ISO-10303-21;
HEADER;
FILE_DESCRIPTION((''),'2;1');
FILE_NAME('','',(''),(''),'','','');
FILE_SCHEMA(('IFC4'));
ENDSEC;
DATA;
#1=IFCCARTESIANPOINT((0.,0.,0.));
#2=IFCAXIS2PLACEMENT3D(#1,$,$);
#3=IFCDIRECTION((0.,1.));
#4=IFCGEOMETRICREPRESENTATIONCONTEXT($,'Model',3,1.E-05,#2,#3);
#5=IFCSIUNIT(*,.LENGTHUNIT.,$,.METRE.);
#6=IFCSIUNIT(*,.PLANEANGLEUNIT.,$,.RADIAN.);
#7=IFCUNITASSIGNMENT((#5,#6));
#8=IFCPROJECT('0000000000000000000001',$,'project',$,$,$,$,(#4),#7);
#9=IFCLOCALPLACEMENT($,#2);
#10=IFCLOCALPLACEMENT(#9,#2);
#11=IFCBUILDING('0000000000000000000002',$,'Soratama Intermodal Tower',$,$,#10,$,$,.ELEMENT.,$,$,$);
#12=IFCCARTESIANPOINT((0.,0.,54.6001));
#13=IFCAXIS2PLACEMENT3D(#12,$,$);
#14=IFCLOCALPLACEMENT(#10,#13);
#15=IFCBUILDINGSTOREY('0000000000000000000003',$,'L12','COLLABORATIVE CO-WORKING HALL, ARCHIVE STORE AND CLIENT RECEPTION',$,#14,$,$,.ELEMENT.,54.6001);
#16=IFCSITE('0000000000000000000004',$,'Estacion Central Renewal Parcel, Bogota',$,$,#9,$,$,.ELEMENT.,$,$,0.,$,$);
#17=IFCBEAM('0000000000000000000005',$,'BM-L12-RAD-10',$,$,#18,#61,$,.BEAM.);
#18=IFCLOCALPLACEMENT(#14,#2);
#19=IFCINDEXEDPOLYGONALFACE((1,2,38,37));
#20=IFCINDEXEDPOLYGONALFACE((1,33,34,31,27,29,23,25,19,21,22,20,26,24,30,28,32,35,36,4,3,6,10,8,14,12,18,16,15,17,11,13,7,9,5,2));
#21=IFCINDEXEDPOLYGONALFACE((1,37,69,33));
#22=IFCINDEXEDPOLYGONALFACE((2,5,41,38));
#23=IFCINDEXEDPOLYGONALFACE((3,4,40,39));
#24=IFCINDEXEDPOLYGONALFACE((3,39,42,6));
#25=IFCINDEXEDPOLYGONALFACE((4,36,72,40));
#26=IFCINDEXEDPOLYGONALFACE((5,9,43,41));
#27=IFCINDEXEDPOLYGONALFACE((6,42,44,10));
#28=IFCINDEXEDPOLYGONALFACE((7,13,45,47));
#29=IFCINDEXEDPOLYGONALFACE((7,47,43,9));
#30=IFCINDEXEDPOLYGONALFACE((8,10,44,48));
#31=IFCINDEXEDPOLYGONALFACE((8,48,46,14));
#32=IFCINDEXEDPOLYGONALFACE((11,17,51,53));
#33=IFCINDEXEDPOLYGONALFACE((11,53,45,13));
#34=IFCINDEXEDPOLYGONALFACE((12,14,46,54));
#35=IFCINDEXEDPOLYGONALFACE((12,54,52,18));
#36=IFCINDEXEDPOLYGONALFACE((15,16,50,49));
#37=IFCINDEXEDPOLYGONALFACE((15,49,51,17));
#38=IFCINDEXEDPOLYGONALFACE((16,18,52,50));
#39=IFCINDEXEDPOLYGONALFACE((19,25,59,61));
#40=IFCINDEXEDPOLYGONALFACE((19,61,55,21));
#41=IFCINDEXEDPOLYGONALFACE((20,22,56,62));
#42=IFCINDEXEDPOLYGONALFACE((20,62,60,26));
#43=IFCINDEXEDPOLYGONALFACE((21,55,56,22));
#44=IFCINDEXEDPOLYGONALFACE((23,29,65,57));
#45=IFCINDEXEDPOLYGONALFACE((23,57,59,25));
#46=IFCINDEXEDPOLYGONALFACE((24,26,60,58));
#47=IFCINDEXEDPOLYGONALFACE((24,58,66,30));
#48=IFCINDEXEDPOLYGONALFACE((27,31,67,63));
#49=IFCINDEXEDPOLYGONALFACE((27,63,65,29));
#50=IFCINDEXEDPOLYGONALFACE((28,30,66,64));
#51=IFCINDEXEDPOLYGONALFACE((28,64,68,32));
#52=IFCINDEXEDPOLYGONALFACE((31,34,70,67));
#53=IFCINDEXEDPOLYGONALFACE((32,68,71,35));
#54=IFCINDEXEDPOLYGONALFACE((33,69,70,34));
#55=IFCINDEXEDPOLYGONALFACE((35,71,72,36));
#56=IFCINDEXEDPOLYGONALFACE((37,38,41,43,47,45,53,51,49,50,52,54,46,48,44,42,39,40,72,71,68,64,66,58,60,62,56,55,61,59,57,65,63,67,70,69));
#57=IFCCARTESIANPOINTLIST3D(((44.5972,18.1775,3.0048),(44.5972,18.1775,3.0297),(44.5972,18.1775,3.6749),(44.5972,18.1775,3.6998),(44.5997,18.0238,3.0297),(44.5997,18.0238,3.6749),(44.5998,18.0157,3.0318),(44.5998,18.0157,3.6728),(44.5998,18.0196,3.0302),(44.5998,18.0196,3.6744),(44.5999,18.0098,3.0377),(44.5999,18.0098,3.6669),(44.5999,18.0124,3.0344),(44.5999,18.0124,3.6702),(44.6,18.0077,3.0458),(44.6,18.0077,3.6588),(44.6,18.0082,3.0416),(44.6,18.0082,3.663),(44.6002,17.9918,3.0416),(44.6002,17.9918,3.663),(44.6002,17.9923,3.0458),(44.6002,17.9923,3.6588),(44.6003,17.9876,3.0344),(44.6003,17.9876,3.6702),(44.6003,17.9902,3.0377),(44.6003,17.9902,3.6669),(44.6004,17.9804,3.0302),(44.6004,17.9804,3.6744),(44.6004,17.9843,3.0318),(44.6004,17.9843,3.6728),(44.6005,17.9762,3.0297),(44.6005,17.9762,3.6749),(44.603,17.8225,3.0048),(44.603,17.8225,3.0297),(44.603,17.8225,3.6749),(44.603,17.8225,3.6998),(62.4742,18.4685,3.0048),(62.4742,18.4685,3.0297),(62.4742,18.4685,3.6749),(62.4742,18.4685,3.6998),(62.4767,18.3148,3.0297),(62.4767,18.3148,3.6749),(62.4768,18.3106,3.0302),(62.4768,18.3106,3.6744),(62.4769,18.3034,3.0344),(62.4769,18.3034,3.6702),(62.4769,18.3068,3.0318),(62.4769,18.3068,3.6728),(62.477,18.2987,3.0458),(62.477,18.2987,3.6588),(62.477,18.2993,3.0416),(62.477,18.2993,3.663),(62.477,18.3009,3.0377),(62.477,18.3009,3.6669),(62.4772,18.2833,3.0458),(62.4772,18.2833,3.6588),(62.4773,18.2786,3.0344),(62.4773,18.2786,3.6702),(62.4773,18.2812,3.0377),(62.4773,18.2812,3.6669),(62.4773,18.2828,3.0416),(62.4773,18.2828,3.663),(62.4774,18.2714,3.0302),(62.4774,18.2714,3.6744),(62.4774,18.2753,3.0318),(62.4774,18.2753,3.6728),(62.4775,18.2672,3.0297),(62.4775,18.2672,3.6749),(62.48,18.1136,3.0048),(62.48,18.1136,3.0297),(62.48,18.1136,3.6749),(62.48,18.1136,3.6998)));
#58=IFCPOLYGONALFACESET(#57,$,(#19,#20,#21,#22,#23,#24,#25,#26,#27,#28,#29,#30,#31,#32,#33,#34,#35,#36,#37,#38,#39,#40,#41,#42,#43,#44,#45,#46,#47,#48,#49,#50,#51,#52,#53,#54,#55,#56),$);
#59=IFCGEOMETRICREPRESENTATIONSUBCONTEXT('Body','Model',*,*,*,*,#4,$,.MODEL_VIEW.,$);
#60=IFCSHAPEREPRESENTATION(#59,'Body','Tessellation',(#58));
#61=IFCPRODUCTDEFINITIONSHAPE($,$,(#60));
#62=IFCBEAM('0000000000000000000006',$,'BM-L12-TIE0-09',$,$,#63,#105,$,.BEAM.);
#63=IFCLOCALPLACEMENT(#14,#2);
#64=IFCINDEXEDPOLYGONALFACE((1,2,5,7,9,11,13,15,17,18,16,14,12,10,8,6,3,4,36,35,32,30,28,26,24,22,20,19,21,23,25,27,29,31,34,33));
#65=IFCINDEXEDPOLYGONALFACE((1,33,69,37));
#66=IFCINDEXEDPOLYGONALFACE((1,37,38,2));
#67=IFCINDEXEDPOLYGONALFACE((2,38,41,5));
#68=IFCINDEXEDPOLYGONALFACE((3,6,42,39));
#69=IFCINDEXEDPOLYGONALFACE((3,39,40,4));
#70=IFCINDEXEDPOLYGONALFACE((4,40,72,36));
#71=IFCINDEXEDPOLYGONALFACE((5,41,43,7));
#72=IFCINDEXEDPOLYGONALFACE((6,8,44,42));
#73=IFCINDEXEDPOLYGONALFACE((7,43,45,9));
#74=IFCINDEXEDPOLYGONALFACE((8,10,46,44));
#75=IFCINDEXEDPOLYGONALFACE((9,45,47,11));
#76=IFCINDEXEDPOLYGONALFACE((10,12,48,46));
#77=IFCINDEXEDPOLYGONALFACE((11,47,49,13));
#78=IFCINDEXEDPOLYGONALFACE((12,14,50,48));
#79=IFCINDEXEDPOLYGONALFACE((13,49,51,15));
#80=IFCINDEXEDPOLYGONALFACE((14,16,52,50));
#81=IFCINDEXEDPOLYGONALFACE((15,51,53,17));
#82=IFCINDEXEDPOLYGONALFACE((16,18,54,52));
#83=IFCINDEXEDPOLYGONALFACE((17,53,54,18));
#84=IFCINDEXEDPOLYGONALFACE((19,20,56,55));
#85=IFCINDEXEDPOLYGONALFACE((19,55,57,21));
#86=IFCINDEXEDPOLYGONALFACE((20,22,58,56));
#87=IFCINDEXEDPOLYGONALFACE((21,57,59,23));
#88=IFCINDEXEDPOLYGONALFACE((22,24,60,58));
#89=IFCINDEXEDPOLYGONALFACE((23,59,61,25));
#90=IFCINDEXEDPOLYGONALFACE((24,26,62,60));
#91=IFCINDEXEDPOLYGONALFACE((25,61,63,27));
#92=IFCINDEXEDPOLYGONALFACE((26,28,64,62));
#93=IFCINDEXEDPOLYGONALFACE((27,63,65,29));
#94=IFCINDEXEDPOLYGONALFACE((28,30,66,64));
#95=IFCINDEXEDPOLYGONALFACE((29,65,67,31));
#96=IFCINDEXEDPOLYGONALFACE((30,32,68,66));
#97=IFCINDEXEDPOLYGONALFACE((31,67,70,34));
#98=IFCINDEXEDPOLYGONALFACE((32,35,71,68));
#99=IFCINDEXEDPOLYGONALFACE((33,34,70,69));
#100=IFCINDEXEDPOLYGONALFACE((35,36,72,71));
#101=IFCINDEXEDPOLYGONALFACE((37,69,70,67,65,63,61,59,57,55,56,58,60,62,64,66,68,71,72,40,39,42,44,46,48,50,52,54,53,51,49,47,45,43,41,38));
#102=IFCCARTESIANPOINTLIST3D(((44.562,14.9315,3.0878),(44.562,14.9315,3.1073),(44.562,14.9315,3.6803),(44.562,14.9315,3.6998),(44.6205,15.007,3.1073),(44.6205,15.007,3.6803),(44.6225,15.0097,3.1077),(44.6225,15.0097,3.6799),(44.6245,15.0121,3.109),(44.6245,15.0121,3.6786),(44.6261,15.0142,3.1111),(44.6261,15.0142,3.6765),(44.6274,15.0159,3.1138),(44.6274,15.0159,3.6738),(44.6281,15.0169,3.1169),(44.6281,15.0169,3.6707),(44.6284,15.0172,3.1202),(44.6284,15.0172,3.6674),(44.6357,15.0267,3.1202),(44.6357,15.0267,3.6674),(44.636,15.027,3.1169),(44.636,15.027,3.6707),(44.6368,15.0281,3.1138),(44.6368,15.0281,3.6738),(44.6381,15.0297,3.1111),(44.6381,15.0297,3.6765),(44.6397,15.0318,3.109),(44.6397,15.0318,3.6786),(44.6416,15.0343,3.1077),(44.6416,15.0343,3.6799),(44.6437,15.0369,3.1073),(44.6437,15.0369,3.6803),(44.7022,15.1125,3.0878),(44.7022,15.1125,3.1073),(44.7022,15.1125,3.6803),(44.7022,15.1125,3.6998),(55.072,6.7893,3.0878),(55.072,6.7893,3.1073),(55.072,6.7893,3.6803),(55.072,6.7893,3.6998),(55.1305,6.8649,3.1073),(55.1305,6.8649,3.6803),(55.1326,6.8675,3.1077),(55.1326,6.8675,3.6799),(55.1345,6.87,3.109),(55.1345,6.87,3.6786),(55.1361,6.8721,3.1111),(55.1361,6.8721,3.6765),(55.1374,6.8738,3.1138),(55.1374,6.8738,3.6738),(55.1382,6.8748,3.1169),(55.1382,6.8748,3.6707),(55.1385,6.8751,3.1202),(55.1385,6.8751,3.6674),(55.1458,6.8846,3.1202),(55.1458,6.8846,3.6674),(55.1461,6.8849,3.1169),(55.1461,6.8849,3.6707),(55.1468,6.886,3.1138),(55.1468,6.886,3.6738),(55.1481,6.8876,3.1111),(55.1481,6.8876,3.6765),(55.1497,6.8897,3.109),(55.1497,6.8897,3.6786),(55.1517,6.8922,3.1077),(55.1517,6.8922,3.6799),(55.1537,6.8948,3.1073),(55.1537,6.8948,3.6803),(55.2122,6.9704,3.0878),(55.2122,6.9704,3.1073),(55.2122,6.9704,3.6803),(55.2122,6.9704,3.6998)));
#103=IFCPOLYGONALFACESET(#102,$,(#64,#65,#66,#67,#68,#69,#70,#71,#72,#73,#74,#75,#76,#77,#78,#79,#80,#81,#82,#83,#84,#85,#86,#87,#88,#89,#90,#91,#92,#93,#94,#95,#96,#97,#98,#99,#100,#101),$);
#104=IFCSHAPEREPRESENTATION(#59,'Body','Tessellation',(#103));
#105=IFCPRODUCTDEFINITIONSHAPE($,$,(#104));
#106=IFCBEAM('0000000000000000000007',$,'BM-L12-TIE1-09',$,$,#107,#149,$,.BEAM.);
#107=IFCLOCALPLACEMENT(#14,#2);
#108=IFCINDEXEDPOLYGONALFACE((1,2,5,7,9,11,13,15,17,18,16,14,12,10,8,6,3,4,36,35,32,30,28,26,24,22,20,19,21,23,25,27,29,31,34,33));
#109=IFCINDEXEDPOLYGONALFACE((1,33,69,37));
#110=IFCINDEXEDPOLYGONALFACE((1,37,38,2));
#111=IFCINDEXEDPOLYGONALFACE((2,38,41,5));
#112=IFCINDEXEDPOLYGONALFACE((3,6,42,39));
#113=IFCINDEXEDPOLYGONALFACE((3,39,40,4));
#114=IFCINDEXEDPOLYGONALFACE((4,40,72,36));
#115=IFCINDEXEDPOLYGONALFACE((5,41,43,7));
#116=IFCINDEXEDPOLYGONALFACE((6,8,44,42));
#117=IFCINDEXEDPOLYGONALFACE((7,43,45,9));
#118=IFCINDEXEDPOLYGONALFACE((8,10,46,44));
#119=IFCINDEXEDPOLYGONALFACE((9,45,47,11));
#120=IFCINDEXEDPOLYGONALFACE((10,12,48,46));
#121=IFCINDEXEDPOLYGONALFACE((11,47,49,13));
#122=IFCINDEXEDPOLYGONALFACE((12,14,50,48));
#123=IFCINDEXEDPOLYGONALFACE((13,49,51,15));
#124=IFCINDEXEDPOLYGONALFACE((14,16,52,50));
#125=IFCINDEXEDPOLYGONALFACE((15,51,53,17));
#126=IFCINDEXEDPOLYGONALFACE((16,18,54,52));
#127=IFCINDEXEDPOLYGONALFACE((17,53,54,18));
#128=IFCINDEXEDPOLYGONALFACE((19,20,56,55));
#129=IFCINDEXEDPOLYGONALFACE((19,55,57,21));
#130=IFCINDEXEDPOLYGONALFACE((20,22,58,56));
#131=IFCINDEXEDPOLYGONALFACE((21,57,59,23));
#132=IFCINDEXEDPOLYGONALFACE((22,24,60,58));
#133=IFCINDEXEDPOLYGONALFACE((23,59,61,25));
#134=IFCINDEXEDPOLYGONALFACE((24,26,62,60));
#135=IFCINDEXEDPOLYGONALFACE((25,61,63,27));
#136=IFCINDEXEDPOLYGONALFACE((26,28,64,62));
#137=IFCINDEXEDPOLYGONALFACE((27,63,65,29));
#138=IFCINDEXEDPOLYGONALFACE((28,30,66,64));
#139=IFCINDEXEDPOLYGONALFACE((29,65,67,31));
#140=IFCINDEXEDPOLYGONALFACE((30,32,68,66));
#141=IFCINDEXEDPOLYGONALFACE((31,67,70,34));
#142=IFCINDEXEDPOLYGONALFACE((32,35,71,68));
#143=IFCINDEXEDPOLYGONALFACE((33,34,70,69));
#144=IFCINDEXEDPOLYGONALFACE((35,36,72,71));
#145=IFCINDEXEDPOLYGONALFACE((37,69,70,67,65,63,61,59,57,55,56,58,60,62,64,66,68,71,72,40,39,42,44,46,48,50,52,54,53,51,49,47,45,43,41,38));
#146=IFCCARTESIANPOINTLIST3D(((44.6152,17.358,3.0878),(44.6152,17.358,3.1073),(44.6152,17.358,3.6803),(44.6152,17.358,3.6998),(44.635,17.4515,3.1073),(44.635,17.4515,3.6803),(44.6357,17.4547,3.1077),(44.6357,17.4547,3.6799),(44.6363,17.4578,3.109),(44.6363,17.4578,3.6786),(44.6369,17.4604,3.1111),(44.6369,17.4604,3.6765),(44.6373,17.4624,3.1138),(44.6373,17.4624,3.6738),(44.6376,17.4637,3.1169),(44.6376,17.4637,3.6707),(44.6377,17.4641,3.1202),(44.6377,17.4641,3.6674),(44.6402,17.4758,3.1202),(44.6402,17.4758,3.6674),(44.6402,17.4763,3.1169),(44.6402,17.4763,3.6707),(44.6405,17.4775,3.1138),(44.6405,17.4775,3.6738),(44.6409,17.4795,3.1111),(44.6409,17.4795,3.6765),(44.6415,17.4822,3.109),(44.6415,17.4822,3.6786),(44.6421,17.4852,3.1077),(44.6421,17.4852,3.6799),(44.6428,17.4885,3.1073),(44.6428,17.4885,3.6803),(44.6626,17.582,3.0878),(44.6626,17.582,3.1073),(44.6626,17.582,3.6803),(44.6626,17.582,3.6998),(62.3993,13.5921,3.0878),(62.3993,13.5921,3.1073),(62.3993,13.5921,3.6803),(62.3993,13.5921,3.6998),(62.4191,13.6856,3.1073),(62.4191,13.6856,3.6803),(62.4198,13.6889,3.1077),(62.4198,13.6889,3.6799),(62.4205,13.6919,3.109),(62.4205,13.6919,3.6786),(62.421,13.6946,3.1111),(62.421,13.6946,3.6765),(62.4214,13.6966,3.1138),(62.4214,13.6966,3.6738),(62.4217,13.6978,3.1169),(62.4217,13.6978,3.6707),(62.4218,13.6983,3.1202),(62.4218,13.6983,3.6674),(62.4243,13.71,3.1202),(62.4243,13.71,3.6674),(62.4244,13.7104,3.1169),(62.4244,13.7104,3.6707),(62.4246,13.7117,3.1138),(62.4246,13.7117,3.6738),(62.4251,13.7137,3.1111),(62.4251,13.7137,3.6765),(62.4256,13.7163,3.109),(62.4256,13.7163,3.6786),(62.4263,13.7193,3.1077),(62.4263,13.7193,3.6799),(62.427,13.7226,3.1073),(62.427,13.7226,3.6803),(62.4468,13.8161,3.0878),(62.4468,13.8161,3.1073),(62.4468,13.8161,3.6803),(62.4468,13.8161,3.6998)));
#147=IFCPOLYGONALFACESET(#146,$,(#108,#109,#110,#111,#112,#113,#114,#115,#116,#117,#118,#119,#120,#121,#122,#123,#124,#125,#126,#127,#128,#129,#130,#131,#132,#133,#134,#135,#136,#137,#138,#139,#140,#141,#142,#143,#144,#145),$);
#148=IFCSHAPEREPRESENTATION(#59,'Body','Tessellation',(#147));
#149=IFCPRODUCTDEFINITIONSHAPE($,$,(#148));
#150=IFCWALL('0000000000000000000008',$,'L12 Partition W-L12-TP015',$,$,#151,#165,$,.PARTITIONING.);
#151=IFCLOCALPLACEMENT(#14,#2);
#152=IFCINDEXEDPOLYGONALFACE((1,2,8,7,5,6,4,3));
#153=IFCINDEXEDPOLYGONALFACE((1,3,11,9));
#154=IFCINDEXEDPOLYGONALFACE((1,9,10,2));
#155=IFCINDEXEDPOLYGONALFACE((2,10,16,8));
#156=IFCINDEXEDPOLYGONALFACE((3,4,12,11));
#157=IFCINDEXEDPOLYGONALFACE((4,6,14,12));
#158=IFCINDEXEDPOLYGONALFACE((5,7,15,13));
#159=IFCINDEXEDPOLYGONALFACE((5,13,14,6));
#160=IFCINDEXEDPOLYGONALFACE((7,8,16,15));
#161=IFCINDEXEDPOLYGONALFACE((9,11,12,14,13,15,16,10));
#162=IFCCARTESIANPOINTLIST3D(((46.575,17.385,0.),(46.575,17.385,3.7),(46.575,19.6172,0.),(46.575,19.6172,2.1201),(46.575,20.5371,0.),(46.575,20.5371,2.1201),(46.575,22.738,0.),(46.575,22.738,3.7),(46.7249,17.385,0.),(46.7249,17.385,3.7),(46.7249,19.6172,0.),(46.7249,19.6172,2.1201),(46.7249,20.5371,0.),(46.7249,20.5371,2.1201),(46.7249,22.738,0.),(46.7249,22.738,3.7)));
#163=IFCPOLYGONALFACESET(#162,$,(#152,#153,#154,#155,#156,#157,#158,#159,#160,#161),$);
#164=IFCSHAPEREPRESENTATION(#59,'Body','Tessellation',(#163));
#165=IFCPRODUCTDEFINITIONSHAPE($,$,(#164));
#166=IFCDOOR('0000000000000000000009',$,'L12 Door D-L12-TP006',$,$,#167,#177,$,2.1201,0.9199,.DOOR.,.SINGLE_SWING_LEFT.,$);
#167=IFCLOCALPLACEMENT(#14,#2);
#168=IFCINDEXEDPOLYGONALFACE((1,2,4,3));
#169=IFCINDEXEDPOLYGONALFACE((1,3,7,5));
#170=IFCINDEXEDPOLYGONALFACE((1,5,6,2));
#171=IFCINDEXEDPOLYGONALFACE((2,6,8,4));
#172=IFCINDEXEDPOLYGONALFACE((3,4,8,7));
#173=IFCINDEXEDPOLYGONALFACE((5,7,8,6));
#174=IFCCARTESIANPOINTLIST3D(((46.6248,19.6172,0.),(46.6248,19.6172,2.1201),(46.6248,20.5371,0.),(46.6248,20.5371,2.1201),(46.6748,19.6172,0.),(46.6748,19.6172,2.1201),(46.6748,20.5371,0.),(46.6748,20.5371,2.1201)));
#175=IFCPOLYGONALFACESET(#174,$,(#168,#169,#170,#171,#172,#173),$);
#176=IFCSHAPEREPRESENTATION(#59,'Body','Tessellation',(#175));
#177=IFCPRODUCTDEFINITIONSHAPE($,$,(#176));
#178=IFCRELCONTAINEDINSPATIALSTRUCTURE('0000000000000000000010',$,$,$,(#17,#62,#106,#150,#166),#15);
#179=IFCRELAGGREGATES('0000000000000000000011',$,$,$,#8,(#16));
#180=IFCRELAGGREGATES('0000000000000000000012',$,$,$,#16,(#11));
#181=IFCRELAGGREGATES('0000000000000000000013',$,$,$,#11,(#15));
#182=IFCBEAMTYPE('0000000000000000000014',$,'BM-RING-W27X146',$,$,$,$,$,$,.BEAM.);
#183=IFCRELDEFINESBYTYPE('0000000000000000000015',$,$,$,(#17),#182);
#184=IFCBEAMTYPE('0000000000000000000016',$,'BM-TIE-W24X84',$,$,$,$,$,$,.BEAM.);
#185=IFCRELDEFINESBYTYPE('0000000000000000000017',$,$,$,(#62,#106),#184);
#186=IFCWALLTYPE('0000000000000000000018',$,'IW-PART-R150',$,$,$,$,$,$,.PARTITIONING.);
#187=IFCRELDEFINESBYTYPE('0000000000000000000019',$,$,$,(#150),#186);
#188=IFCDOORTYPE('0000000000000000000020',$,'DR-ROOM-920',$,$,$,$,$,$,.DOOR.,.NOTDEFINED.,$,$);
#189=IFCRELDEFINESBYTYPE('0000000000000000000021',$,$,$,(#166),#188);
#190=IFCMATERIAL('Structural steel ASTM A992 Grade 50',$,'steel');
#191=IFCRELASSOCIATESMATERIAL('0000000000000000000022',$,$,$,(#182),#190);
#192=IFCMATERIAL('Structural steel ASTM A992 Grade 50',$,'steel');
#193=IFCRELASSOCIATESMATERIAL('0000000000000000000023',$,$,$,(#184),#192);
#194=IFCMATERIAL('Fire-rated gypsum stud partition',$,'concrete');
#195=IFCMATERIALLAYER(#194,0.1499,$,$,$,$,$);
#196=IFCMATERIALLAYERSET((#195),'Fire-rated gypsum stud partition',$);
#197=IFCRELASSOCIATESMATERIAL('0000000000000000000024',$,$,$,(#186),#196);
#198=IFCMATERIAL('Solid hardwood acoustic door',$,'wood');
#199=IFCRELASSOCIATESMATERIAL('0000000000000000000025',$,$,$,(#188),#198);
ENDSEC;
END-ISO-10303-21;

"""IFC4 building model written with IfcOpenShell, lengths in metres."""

from ifc_helpers import new_model, si_unit, direction, frame, frame_2d, origin, origin_2d, place, context, subcontext, project, spatial, rectangle, i_section, extrude, material, layer, layer_set, material_profile, profile_set, type_object, element, fill, save


model = new_model("IFC4")

# Units and contexts
model_context = context("Model", 3, precision=1e-05, world=origin(), true_north=direction((0.0, 1.0)))
body_context = subcontext(model_context, "Body", "Model", "MODEL_VIEW")
ifc_project = project(units=[si_unit("LENGTHUNIT", "METRE"), si_unit("PLANEANGLEUNIT", "RADIAN")], contexts=[model_context])

# Site, building, storey
site_placement = place(None, origin())
site = spatial("IfcSite", under=ifc_project, at=site_placement, Name="Estacion Central Renewal Parcel, Bogota", CompositionType="ELEMENT", RefElevation=0.0)
building_placement = place(site_placement, origin())
building = spatial("IfcBuilding", under=site, at=building_placement, Name="Soratama Intermodal Tower", CompositionType="ELEMENT")
storey_placement = place(building_placement, frame((0.0, 0.0, 54.6001)))
storey = spatial("IfcBuildingStorey", under=building, at=storey_placement, Name="L12", Description="COLLABORATIVE CO-WORKING HALL, ARCHIVE STORE AND CLIENT RECEPTION", CompositionType="ELEMENT", Elevation=54.6001)

# Beams
ifc_material_1 = material(Name="Structural steel ASTM A992 Grade 50", Category="steel")
ifc_material_profile_1 = material_profile(ifc_material_1, i_section(OverallWidth=0.355, OverallDepth=0.6951, WebThickness=0.0154, FlangeThickness=0.0249, FilletRadius=0.0161, at=origin_2d()), Name="W27X146")
ifc_profile_set_1 = profile_set([ifc_material_profile_1], Name="Structural steel ASTM A992 Grade 50")
beam_type_1 = type_object("IfcBeamType", Name="BM-RING-W27X146", PredefinedType="BEAM", material=ifc_profile_set_1)
beam_1_placement = place(storey_placement, frame((44.6001, 18.0, 3.3523), z_axis=(0.999868, 0.016277, 0.0), x_axis=(-0.016277, 0.999868, 0.0)))
element("IfcBeam", 1, at=beam_1_placement, inside=storey, type_object=beam_type_1, Name="BM-L12-RAD-10", PredefinedType="BEAM", context=body_context, shape_type="SweptSolid", body=[
    extrude(i_section(OverallWidth=0.355, OverallDepth=0.6951, WebThickness=0.0154, FlangeThickness=0.0249, FilletRadius=0.0161, at=origin_2d()), origin(), (0.0, 0.0, 1.0), 17.8794),
])
ifc_material_2 = material(Name="Structural steel ASTM A992 Grade 50", Category="steel")
ifc_material_profile_2 = material_profile(ifc_material_2, i_section(OverallWidth=0.229, OverallDepth=0.6121, WebThickness=0.012, FlangeThickness=0.0195, FilletRadius=0.0129, at=origin_2d()), Name="W24X84")
ifc_profile_set_2 = profile_set([ifc_material_profile_2], Name="Structural steel ASTM A992 Grade 50")
beam_type_2 = type_object("IfcBeamType", Name="BM-TIE-W24X84", PredefinedType="BEAM", material=ifc_profile_set_2)
beam_2_placement = place(storey_placement, frame((44.6321, 15.022, 3.3938), z_axis=(0.79053, -0.612423, 0.0), x_axis=(0.612423, 0.79053, 0.0)))
element("IfcBeam", 2, at=beam_2_placement, inside=storey, type_object=beam_type_2, Name="BM-L12-TIE0-09", PredefinedType="BEAM", context=body_context, shape_type="SweptSolid", body=[
    extrude(i_section(OverallWidth=0.229, OverallDepth=0.6121, WebThickness=0.012, FlangeThickness=0.0195, FilletRadius=0.0129, at=origin_2d()), origin(), (0.0, 0.0, 1.0), 13.2949),
])
beam_3_placement = place(storey_placement, frame((44.6389, 17.47, 3.3938), z_axis=(0.978307, -0.20716, 0.0), x_axis=(0.20716, 0.978307, 0.0)))
element("IfcBeam", 3, at=beam_3_placement, inside=storey, type_object=beam_type_2, Name="BM-L12-TIE1-09", PredefinedType="BEAM", context=body_context, shape_type="SweptSolid", body=[
    extrude(i_section(OverallWidth=0.229, OverallDepth=0.6121, WebThickness=0.012, FlangeThickness=0.0195, FilletRadius=0.0129, at=origin_2d()), origin(), (0.0, 0.0, 1.0), 18.1785),
])

# Wall, opening, door
ifc_material_3 = material(Name="Fire-rated gypsum stud partition", Category="concrete")
ifc_layer_1 = layer(ifc_material_3, 0.1499)
ifc_layer_set_1 = layer_set([ifc_layer_1], Name="Fire-rated gypsum stud partition")
wall_type_1 = type_object("IfcWallType", Name="IW-PART-R150", PredefinedType="PARTITIONING", material=ifc_layer_set_1)
wall_1_placement = place(storey_placement, frame((46.6499, 22.738, 0.0), z_axis=(0.0, 0.0, 1.0), x_axis=(0.0, -1.0, 0.0)))
wall_1 = element("IfcWall", 4, at=wall_1_placement, inside=storey, type_object=wall_type_1, Name="L12 Partition W-L12-TP015", PredefinedType="PARTITIONING", context=body_context, shape_type="SweptSolid", body=[
    extrude(rectangle(XDim=5.353, YDim=0.1499, at=frame_2d((2.6765, 0.0))), origin(), (0.0, 0.0, 1.0), 3.7),
])
opening_1_placement = place(wall_1_placement, frame((2.2009, 0.0, 0.0)))
opening_1 = element("IfcOpeningElement", 5, at=opening_1_placement, cuts=wall_1, PredefinedType="OPENING", context=body_context, shape_type="SweptSolid", body=[
    extrude(rectangle(XDim=0.9199, YDim=2.1201, at=frame_2d((0.46, 1.0601))), frame((0.0, 0.085, 0.0), z_axis=(0.0, -1.0, 0.0), x_axis=(1.0, 0.0, 0.0)), (0.0, 0.0, 1.0), 0.1699),
])
ifc_material_4 = material(Name="Solid hardwood acoustic door", Category="wood")
door_type_1 = type_object("IfcDoorType", Name="DR-ROOM-920", OperationType="NOTDEFINED", PredefinedType="DOOR", material=ifc_material_4)
door_1_placement = place(opening_1_placement, origin())
door_1 = element("IfcDoor", 6, at=door_1_placement, inside=storey, type_object=door_type_1, Name="L12 Door D-L12-TP006", OperationType="SINGLE_SWING_LEFT", OverallHeight=2.1201, OverallWidth=0.9199, PredefinedType="DOOR", context=body_context, shape_type="SweptSolid", body=[
    extrude(rectangle(XDim=0.9199, YDim=2.1201, at=frame_2d((0.46, 1.0601))), frame((0.0, 0.0249, 0.0), z_axis=(0.0, -1.0, 0.0), x_axis=(1.0, 0.0, 0.0)), (0.0, 0.0, 1.0), 0.05),
])
fill(opening_1, door_1)

save(model, "model.ifc")
